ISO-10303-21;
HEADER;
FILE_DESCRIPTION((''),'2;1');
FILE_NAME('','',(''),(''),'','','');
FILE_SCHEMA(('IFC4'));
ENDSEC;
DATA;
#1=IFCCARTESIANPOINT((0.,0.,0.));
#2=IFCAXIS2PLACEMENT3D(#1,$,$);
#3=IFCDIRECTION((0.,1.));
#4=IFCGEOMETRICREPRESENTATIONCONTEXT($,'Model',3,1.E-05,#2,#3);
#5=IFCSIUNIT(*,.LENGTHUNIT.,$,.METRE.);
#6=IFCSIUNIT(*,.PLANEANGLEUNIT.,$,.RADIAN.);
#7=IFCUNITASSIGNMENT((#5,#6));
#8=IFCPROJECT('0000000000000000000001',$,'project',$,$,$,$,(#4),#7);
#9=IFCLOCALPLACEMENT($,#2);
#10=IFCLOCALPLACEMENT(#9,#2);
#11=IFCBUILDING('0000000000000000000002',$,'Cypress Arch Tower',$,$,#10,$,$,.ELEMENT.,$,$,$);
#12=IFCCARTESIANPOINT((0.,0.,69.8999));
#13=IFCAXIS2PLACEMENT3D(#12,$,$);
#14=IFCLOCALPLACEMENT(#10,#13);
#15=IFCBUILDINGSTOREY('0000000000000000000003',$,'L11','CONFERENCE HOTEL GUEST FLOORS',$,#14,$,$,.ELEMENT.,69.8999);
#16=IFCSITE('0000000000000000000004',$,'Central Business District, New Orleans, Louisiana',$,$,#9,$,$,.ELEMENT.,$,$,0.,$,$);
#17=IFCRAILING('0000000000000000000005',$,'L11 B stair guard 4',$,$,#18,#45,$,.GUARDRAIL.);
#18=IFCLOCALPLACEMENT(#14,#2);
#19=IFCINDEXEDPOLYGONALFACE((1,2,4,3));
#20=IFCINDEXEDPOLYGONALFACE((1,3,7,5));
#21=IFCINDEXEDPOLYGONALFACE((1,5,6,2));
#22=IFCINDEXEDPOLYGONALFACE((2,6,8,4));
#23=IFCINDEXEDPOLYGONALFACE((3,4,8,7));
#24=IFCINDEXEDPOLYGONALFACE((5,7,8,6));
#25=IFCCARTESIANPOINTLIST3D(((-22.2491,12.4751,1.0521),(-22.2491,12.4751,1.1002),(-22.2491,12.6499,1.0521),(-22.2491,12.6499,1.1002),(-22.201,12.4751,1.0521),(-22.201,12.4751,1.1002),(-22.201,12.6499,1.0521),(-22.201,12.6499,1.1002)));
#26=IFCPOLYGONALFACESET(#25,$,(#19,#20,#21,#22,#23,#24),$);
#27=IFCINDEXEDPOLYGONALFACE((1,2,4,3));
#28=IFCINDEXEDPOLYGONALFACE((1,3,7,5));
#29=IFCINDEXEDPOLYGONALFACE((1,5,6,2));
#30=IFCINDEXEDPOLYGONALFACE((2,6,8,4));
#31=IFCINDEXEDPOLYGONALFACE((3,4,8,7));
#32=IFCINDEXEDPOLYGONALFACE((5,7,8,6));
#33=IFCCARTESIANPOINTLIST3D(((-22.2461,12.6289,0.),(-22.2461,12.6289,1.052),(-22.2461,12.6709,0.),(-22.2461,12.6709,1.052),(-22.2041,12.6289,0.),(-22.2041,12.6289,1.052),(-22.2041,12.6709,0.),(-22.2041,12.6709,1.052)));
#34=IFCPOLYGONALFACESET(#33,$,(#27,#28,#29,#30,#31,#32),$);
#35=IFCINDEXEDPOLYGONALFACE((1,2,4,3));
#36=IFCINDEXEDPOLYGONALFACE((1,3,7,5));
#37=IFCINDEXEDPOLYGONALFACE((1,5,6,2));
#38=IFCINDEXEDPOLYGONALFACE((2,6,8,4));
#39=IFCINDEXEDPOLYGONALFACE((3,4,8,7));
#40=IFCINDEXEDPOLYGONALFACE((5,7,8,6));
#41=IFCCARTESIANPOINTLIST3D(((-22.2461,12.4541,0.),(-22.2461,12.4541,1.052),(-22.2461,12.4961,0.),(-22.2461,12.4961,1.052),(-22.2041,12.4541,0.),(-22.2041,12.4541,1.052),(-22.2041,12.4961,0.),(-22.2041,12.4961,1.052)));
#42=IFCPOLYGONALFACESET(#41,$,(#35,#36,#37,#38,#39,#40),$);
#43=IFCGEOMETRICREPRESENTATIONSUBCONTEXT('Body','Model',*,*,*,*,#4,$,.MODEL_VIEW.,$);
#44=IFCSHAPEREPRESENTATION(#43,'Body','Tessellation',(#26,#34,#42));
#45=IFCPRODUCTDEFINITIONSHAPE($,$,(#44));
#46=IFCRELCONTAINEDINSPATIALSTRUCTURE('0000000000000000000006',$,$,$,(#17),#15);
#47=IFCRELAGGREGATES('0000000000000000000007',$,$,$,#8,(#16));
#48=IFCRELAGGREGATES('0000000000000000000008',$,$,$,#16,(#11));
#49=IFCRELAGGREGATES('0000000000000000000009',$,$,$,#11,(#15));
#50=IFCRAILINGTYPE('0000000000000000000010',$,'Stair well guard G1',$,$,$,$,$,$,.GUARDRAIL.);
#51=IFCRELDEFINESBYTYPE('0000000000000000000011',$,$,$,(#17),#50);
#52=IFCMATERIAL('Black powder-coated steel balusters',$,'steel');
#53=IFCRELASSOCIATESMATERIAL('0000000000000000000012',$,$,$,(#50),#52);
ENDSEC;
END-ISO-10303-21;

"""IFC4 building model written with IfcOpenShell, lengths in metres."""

from ifc_helpers import new_model, si_unit, direction, frame, origin, origin_2d, place, context, subcontext, project, spatial, rectangle, extrude, material, type_object, element, save


model = new_model("IFC4")

# Units and contexts
model_context = context("Model", 3, precision=1e-05, world=origin(), true_north=direction((0.0, 1.0)))
body_context = subcontext(model_context, "Body", "Model", "MODEL_VIEW")
ifc_project = project(units=[si_unit("LENGTHUNIT", "METRE"), si_unit("PLANEANGLEUNIT", "RADIAN")], contexts=[model_context])

# Site, building, storey
site_placement = place(None, origin())
site = spatial("IfcSite", under=ifc_project, at=site_placement, Name="Central Business District, New Orleans, Louisiana", CompositionType="ELEMENT", RefElevation=0.0)
building_placement = place(site_placement, origin())
building = spatial("IfcBuilding", under=site, at=building_placement, Name="Cypress Arch Tower", CompositionType="ELEMENT")
storey_placement = place(building_placement, frame((0.0, 0.0, 69.8999)))
storey = spatial("IfcBuildingStorey", under=building, at=storey_placement, Name="L11", Description="CONFERENCE HOTEL GUEST FLOORS", CompositionType="ELEMENT", Elevation=69.8999)

# Railing
ifc_material_1 = material(Name="Black powder-coated steel balusters", Category="steel")
railing_type_1 = type_object("IfcRailingType", Name="Stair well guard G1", PredefinedType="GUARDRAIL", material=ifc_material_1)
railing_1_placement = place(storey_placement, frame((-22.2251, 12.6499, 0.0)))
element("IfcRailing", 1, at=railing_1_placement, inside=storey, type_object=railing_type_1, Name="L11 B stair guard 4", PredefinedType="GUARDRAIL", context=body_context, shape_type="SweptSolid", body=[
    extrude(rectangle(XDim=0.0481, YDim=0.0481, at=origin_2d()), frame((0.0, 0.0, 1.0762), z_axis=(0.0, -1.0, 0.0), x_axis=(1.0, 0.0, 0.0)), (0.0, 0.0, 1.0), 0.1748),
    extrude(rectangle(XDim=0.042, YDim=0.042, at=origin_2d()), origin(), (0.0, 0.0, 1.0), 1.052),
    extrude(rectangle(XDim=0.042, YDim=0.042, at=origin_2d()), frame((0.0, -0.1748, 0.0)), (0.0, 0.0, 1.0), 1.052),
])

save(model, "model.ifc")
